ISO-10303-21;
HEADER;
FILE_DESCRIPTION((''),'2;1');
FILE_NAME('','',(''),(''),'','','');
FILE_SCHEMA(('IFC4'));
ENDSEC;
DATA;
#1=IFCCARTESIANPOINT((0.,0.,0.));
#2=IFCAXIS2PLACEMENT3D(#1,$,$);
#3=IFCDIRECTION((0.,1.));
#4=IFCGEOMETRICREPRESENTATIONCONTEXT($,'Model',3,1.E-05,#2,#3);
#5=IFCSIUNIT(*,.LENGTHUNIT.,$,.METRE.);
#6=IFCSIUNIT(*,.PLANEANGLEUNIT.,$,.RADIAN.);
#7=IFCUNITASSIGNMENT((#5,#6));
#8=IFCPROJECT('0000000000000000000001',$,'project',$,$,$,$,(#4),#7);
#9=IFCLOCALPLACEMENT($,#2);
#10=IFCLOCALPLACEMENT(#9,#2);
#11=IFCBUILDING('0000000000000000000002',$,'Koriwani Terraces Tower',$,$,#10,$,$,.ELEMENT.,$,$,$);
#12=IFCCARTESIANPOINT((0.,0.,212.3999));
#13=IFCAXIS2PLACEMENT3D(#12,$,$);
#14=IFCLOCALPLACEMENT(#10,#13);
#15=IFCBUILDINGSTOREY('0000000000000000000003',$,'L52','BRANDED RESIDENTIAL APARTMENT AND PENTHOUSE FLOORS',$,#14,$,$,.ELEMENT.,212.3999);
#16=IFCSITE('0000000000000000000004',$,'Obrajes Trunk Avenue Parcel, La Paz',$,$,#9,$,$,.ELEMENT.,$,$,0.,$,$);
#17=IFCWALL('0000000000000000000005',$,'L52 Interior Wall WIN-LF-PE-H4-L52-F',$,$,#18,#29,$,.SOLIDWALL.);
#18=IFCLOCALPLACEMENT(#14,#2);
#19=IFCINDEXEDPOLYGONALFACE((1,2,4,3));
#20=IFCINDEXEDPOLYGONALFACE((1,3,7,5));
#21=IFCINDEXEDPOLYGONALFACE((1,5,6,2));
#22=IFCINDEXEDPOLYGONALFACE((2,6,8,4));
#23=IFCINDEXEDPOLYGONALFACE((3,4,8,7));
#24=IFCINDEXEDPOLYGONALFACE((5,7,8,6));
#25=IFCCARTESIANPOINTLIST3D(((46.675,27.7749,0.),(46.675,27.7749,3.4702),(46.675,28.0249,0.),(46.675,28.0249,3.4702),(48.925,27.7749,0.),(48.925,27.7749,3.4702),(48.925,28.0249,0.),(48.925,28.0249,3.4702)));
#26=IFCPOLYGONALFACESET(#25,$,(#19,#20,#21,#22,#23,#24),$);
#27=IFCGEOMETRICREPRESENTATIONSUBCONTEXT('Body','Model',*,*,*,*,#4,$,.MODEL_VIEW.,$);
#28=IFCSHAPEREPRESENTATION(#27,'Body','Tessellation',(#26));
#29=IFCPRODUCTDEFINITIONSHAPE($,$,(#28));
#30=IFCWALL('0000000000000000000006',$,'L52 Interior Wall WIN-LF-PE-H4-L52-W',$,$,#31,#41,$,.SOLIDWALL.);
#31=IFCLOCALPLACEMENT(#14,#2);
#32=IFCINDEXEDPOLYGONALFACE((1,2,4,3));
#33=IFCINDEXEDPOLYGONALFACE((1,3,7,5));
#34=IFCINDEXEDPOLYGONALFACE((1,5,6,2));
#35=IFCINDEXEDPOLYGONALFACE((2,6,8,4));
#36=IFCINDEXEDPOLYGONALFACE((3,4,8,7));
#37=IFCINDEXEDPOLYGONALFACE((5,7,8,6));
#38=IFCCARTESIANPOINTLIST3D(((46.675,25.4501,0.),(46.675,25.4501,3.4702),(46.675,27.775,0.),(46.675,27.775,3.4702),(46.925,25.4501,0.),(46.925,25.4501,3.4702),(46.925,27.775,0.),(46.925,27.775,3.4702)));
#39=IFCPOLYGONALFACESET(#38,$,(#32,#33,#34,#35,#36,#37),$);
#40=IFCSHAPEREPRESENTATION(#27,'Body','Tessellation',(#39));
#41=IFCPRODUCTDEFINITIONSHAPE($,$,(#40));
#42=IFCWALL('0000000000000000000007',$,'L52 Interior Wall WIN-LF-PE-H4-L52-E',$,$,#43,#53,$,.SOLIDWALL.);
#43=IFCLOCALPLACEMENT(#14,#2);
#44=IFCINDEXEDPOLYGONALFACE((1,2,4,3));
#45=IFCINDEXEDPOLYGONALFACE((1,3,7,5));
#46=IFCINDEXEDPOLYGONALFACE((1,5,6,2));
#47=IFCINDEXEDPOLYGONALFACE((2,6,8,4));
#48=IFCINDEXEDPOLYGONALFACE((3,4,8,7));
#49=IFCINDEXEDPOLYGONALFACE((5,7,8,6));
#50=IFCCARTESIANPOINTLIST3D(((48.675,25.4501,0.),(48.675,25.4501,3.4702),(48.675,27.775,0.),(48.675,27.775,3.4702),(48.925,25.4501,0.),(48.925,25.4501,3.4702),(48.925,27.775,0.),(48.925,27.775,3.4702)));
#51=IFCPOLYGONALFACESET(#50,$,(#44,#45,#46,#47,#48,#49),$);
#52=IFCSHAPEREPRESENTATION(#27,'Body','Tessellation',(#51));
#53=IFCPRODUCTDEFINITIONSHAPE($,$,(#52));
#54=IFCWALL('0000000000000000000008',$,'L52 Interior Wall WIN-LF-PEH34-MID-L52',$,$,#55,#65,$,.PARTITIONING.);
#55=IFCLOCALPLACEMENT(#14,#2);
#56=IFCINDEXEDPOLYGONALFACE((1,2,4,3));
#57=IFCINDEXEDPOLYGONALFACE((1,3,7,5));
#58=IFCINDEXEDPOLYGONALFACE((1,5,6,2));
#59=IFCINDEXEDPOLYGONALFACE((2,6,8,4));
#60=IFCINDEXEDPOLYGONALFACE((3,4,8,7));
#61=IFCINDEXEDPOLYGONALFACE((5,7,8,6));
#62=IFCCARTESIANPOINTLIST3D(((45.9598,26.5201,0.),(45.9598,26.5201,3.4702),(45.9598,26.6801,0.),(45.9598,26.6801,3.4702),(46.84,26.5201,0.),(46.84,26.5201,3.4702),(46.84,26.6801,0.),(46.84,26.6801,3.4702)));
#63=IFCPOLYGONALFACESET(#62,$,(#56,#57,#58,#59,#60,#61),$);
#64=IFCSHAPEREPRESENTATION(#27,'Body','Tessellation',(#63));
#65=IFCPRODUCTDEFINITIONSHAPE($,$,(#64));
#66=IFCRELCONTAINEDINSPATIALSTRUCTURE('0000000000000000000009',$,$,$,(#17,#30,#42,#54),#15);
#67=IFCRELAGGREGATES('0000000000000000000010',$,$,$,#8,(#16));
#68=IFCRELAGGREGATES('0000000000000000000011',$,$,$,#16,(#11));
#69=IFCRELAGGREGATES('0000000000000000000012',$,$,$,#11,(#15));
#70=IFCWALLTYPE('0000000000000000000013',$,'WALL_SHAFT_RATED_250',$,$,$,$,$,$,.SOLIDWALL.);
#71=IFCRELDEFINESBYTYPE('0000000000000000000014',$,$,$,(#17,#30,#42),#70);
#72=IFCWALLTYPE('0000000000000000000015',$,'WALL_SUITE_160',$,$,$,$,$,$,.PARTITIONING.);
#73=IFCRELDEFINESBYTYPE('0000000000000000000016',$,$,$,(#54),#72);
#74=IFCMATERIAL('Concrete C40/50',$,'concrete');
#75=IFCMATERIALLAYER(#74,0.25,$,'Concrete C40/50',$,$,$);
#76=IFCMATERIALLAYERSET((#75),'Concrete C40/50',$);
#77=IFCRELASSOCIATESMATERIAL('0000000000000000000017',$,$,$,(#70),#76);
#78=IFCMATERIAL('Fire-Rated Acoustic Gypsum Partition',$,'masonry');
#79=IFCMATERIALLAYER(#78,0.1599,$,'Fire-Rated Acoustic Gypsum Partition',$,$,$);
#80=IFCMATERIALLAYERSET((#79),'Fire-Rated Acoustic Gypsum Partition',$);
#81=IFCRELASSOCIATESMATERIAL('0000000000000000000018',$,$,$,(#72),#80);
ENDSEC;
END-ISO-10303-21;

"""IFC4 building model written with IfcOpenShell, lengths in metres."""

from ifc_helpers import new_model, si_unit, direction, frame, frame_2d, origin, place, context, subcontext, project, spatial, rectangle, extrude, material, layer, layer_set, type_object, element, save


model = new_model("IFC4")

# Units and contexts
model_context = context("Model", 3, precision=1e-05, world=origin(), true_north=direction((0.0, 1.0)))
body_context = subcontext(model_context, "Body", "Model", "MODEL_VIEW")
ifc_project = project(units=[si_unit("LENGTHUNIT", "METRE"), si_unit("PLANEANGLEUNIT", "RADIAN")], contexts=[model_context])

# Site, building, storey
site_placement = place(None, origin())
site = spatial("IfcSite", under=ifc_project, at=site_placement, Name="Obrajes Trunk Avenue Parcel, La Paz", CompositionType="ELEMENT", RefElevation=0.0)
building_placement = place(site_placement, origin())
building = spatial("IfcBuilding", under=site, at=building_placement, Name="Koriwani Terraces Tower", CompositionType="ELEMENT")
storey_placement = place(building_placement, frame((0.0, 0.0, 212.3999)))
storey = spatial("IfcBuildingStorey", under=building, at=storey_placement, Name="L52", Description="BRANDED RESIDENTIAL APARTMENT AND PENTHOUSE FLOORS", CompositionType="ELEMENT", Elevation=212.3999)

# Shared definitions
ifc_material_1 = material(Name="Concrete C40/50", Category="concrete")

# Shared definitions
ifc_layer_1 = layer(ifc_material_1, 0.25, Name="Concrete C40/50")
ifc_layer_set_1 = layer_set([ifc_layer_1], Name="Concrete C40/50")
wall_type_1 = type_object("IfcWallType", Name="WALL_SHAFT_RATED_250", PredefinedType="SOLIDWALL", material=ifc_layer_set_1)

# Walls
wall_1_placement = place(storey_placement, frame((46.675, 27.8999, 0.0), z_axis=(0.0, 0.0, 1.0), x_axis=(1.0, 0.0, 0.0)))
element("IfcWall", 1, at=wall_1_placement, inside=storey, type_object=wall_type_1, Name="L52 Interior Wall WIN-LF-PE-H4-L52-F", PredefinedType="SOLIDWALL", context=body_context, shape_type="SweptSolid", body=[
    extrude(rectangle(XDim=2.25, YDim=0.25, at=frame_2d((1.125, 0.0))), origin(), (0.0, 0.0, 1.0), 3.4702),
])
for number, where, z_axis, x_axis, name in (
    (2, (46.8, 25.45, 0.0), (0.0, 0.0, 1.0), (0.0, 1.0, 0.0), "L52 Interior Wall WIN-LF-PE-H4-L52-W"),
    (3, (48.8, 25.45, 0.0), (0.0, 0.0, 1.0), (0.0, 1.0, 0.0), "L52 Interior Wall WIN-LF-PE-H4-L52-E"),
):
    element("IfcWall", number, at=place(storey_placement, frame(where, z_axis=z_axis, x_axis=x_axis)), inside=storey, type_object=wall_type_1, Name=name, PredefinedType="SOLIDWALL", context=body_context, shape_type="SweptSolid", body=[
        extrude(rectangle(XDim=2.325, YDim=0.25, at=frame_2d((1.1626, 0.0))), origin(), (0.0, 0.0, 1.0), 3.4702),
    ])
ifc_material_2 = material(Name="Fire-Rated Acoustic Gypsum Partition", Category="masonry")
ifc_layer_2 = layer(ifc_material_2, 0.1599, Name="Fire-Rated Acoustic Gypsum Partition")
ifc_layer_set_2 = layer_set([ifc_layer_2], Name="Fire-Rated Acoustic Gypsum Partition")
wall_type_2 = type_object("IfcWallType", Name="WALL_SUITE_160", PredefinedType="PARTITIONING", material=ifc_layer_set_2)
wall_2_placement = place(storey_placement, frame((45.96, 26.6001, 0.0), z_axis=(0.0, 0.0, 1.0), x_axis=(1.0, 0.0, 0.0)))
element("IfcWall", 4, at=wall_2_placement, inside=storey, type_object=wall_type_2, Name="L52 Interior Wall WIN-LF-PEH34-MID-L52", PredefinedType="PARTITIONING", context=body_context, shape_type="SweptSolid", body=[
    extrude(rectangle(XDim=0.8801, YDim=0.1599, at=frame_2d((0.4399, 0.0))), origin(), (0.0, 0.0, 1.0), 3.4702),
])

save(model, "model.ifc")
